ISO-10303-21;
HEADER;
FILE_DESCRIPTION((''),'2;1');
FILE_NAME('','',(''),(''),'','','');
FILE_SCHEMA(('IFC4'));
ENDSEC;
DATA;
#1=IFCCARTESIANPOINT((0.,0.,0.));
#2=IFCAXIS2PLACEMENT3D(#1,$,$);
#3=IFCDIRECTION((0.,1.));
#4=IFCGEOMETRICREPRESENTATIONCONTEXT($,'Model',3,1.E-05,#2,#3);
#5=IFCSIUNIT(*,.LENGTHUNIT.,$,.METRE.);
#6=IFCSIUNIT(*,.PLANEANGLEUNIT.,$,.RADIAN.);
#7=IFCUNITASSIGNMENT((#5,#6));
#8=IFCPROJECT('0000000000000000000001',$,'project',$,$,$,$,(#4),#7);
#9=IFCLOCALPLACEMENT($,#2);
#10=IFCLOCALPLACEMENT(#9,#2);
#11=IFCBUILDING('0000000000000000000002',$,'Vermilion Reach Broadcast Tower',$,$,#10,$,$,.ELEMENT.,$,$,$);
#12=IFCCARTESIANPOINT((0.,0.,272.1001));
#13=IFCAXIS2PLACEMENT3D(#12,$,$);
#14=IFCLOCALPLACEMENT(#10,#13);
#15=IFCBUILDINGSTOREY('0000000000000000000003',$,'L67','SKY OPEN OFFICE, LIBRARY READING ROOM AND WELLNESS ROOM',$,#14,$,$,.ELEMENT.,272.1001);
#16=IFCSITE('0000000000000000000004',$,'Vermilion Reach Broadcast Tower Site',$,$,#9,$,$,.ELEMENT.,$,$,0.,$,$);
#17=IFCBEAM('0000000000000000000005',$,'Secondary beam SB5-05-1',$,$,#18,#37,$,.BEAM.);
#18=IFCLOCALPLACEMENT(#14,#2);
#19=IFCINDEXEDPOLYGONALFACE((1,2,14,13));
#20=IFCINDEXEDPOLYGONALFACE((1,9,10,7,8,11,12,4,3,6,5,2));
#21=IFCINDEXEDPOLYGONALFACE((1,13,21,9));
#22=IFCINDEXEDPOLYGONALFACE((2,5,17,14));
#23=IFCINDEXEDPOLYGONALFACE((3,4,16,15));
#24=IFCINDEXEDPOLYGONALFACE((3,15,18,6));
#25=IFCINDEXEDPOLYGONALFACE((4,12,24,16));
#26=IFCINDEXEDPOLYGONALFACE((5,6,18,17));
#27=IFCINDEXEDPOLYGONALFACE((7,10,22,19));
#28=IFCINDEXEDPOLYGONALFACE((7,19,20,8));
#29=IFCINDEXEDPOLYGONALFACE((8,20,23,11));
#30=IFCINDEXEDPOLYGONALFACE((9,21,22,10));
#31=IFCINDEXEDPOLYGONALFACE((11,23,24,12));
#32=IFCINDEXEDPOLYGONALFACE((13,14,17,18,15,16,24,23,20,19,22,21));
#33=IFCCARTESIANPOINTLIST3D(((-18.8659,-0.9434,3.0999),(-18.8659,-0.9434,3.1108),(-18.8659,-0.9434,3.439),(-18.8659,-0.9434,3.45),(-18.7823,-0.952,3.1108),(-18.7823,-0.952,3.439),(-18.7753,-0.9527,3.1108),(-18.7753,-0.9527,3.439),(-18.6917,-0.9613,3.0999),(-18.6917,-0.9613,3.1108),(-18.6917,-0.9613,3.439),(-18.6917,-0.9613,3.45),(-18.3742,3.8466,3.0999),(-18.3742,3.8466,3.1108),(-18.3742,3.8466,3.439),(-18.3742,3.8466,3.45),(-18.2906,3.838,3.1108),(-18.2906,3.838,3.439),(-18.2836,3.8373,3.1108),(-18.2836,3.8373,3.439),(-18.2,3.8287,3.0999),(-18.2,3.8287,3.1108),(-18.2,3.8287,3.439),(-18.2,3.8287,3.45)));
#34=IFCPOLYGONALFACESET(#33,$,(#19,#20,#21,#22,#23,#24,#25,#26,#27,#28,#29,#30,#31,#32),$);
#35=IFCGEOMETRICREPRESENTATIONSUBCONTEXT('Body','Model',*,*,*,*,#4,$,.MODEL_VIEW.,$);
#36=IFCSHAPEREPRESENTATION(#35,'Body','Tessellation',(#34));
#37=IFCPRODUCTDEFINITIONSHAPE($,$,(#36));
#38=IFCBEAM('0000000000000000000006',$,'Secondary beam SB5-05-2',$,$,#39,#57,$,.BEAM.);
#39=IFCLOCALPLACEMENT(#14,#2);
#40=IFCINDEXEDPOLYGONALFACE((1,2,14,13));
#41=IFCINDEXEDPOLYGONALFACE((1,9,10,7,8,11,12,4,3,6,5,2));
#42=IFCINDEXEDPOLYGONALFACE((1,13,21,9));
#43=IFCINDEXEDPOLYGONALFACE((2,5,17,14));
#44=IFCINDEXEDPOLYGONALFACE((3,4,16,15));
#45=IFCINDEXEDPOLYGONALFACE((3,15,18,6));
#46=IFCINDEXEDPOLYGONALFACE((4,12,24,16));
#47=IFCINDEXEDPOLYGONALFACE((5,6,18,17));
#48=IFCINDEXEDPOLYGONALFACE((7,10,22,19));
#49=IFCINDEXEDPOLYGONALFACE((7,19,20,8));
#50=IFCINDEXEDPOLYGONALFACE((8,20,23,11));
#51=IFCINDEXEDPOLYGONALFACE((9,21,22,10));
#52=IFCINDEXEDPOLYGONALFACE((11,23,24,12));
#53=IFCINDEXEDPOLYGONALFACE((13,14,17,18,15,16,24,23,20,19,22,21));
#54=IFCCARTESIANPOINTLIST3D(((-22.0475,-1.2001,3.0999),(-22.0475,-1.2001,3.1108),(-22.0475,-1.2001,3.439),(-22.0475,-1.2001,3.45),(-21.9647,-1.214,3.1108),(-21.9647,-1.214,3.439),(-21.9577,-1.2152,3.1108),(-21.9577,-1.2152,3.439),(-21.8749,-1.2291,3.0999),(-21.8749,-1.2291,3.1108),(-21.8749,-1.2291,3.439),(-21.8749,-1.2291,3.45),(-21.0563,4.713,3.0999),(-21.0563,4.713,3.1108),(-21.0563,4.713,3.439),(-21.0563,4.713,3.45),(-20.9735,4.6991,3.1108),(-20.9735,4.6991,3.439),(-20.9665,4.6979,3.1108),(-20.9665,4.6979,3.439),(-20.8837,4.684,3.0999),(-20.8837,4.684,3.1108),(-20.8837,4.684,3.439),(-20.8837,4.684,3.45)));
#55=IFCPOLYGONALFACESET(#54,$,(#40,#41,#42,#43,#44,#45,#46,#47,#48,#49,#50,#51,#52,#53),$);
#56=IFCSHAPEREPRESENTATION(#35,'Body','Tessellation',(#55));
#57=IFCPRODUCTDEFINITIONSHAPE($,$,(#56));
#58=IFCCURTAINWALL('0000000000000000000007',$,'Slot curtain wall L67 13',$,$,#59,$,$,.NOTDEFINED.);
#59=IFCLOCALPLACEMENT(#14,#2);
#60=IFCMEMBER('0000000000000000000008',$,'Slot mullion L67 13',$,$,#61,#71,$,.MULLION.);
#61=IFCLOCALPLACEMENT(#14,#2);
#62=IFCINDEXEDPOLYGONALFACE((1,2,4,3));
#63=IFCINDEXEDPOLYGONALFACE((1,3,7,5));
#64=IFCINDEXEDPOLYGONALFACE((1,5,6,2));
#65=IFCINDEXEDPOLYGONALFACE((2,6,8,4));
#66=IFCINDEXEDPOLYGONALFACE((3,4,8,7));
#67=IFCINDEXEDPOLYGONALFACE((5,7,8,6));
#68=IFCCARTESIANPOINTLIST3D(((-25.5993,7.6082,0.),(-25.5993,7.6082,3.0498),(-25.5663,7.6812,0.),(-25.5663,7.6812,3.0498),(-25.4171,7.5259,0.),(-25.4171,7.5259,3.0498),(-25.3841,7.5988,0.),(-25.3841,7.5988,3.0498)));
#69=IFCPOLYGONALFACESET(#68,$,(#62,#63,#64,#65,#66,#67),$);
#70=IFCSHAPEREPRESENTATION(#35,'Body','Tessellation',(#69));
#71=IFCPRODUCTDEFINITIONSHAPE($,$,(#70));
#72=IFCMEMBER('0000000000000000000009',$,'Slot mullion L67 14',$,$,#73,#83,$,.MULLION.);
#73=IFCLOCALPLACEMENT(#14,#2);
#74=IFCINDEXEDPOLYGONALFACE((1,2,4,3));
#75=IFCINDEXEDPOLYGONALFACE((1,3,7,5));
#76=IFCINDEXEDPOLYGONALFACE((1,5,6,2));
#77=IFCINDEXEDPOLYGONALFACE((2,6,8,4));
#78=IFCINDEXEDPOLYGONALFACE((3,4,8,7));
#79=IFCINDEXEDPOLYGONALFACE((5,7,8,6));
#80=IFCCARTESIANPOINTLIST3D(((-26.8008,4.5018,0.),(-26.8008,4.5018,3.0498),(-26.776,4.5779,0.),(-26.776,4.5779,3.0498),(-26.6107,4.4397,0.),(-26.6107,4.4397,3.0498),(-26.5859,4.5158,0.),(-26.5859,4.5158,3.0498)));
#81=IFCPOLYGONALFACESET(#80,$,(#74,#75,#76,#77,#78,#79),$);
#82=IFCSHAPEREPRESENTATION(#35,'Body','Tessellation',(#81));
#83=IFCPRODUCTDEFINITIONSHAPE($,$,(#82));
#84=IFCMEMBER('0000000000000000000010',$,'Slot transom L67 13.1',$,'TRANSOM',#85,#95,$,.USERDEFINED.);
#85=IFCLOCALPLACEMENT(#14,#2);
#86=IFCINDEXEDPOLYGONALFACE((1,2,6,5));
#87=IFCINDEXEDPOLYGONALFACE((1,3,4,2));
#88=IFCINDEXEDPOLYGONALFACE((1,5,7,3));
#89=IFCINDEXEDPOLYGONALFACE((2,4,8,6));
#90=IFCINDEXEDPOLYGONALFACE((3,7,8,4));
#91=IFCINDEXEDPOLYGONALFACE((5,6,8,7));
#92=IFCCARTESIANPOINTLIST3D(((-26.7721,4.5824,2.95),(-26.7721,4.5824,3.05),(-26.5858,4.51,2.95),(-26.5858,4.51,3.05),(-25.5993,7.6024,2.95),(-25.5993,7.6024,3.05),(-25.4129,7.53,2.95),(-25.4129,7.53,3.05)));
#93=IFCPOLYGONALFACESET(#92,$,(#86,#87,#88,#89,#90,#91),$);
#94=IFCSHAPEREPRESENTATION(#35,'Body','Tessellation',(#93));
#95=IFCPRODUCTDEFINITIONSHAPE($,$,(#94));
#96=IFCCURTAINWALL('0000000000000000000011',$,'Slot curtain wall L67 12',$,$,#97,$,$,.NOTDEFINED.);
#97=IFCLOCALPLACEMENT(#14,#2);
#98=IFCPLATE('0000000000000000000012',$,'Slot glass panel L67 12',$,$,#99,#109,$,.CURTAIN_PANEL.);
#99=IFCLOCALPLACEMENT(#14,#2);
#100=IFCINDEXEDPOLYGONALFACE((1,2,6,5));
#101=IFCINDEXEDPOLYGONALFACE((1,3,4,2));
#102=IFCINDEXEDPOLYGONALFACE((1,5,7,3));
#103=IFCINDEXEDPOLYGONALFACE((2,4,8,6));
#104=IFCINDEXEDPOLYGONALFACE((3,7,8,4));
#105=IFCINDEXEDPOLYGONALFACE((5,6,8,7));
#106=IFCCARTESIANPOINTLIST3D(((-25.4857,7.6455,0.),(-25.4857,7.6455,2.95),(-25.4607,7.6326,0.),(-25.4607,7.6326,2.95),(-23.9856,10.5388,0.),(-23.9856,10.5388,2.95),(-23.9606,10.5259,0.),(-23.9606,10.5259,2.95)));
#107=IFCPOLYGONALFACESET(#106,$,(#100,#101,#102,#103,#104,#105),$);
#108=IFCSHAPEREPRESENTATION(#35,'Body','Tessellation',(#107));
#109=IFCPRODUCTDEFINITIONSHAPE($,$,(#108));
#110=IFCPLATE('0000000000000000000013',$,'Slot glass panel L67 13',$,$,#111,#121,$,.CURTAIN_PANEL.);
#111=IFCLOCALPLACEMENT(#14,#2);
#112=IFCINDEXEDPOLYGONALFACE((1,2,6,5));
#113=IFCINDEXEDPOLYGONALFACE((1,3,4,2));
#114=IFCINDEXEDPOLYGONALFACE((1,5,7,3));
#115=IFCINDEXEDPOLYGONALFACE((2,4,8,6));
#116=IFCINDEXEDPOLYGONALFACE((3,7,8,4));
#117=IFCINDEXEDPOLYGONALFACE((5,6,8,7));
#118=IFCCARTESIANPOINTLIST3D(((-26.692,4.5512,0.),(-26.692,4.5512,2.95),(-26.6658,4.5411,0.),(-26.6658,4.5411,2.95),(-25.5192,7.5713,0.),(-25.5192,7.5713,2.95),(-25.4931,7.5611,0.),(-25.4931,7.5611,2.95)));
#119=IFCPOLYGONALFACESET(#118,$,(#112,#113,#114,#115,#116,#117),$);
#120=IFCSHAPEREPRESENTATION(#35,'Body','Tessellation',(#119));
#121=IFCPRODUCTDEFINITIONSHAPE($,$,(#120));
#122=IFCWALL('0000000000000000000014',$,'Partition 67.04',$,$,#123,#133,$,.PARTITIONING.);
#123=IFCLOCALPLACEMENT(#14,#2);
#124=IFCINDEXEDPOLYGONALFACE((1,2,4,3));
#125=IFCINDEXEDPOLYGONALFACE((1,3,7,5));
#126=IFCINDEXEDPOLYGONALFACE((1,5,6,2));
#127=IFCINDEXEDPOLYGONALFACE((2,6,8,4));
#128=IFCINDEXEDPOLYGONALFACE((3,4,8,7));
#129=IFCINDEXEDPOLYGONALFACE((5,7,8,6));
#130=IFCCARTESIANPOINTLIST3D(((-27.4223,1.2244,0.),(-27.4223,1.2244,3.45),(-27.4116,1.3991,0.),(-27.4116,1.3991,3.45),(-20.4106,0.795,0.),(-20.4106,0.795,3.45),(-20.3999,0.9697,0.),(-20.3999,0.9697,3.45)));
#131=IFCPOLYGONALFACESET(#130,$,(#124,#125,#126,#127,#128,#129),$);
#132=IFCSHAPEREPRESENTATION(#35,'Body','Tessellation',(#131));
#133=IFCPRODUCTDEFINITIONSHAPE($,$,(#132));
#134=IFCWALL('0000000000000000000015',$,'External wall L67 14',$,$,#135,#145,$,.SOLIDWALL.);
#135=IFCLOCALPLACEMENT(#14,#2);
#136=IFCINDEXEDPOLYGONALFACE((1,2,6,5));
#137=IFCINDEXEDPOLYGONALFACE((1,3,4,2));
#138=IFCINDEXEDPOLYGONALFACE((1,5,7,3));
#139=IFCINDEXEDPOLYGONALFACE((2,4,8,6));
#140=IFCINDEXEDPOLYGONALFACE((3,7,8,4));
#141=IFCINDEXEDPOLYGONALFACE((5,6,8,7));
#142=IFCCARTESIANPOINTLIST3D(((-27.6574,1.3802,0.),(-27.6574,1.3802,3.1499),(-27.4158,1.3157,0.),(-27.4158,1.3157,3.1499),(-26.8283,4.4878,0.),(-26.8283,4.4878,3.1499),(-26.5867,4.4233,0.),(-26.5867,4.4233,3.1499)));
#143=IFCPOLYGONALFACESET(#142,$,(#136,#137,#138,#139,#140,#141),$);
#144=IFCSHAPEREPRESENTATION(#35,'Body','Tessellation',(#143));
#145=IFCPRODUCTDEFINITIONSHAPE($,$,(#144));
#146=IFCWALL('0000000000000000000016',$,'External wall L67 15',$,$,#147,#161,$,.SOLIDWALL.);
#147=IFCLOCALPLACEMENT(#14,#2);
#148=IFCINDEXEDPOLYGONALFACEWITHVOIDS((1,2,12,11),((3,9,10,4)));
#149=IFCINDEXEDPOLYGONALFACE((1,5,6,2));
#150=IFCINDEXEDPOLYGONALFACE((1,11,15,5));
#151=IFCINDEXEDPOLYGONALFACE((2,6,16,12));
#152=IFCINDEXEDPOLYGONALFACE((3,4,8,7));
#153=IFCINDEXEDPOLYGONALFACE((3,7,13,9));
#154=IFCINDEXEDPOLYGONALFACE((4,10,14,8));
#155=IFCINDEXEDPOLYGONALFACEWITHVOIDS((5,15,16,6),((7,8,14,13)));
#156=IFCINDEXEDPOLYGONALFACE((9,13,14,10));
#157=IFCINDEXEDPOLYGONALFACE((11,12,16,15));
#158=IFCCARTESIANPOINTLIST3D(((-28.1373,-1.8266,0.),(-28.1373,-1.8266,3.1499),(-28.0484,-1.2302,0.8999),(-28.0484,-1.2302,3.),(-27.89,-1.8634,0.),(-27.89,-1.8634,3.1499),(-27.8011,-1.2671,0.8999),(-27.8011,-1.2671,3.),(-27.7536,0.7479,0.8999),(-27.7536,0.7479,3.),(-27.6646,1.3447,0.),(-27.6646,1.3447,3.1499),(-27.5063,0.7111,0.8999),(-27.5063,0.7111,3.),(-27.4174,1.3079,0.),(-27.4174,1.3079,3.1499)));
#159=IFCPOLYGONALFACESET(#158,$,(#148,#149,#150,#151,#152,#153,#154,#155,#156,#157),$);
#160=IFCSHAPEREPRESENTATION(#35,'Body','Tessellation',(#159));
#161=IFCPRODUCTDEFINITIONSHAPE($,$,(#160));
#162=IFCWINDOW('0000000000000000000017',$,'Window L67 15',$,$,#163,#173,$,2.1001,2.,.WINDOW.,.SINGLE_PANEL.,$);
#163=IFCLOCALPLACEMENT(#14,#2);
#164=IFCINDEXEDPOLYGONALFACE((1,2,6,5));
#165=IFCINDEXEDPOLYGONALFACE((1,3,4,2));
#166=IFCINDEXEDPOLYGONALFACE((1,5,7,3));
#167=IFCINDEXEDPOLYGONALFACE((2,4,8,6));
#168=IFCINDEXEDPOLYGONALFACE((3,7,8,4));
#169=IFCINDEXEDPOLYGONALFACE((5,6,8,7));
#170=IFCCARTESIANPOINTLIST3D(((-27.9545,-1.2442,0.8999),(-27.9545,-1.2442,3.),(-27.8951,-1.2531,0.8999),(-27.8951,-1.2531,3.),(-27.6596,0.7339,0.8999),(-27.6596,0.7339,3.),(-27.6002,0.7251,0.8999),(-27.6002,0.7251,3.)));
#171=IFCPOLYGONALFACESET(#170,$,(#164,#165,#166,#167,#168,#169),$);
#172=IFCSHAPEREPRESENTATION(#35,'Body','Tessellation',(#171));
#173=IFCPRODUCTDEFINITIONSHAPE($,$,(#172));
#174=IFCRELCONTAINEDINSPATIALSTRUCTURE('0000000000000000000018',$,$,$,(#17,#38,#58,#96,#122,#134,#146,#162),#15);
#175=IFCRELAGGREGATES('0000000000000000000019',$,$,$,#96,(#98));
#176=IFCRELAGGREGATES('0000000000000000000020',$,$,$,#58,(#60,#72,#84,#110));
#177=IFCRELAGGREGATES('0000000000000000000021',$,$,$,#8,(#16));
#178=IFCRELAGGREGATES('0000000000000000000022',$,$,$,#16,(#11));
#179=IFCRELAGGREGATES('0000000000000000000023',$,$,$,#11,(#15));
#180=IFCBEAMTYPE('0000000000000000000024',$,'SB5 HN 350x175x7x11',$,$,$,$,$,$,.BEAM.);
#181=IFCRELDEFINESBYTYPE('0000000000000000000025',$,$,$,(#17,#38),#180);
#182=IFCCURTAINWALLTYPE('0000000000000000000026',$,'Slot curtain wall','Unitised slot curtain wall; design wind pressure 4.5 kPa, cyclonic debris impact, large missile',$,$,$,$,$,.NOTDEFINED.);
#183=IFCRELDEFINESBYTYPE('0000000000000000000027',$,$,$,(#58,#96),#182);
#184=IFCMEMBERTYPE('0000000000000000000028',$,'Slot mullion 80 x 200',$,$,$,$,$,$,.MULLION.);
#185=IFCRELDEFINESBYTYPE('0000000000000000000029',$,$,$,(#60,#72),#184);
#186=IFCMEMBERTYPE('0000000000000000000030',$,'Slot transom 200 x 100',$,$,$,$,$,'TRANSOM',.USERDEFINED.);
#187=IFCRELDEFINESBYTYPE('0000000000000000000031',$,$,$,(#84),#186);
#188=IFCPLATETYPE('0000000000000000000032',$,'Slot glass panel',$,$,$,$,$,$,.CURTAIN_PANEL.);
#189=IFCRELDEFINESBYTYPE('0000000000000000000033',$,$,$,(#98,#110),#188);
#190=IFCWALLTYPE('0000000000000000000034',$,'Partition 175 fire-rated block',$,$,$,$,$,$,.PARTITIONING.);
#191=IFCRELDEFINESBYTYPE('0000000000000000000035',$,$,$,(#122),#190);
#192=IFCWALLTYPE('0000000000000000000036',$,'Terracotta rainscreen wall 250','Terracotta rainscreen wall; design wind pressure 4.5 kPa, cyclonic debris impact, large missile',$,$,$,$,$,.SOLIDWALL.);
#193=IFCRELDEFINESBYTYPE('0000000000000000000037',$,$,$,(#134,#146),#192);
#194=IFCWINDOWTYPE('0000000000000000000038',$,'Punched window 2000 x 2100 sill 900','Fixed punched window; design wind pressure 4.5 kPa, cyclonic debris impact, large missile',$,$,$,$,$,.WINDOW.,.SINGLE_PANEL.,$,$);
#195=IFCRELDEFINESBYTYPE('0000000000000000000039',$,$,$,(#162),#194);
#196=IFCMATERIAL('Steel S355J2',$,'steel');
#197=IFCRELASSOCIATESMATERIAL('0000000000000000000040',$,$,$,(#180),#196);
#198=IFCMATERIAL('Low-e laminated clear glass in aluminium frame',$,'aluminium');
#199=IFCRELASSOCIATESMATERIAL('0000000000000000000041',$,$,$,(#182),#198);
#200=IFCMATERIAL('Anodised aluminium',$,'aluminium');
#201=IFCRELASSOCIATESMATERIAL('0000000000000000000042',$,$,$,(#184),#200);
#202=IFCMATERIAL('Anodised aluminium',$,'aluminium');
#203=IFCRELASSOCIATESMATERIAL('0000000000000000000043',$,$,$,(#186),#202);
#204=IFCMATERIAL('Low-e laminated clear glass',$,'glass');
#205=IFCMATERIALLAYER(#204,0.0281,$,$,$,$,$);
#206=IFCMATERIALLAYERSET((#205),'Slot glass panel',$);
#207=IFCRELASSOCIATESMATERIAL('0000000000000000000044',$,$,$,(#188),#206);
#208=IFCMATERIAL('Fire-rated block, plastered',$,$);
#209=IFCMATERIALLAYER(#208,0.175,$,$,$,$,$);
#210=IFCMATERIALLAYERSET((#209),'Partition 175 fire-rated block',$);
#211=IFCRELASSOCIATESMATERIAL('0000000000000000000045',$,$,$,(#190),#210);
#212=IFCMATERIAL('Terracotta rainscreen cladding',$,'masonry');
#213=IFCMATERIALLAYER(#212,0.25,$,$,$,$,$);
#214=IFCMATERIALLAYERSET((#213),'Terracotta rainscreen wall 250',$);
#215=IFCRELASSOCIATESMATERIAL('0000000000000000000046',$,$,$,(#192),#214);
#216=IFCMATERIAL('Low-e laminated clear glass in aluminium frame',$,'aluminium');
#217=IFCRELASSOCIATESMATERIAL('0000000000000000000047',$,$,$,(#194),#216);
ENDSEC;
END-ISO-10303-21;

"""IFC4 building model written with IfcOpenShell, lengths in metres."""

from ifc_helpers import new_model, si_unit, direction, frame, frame_2d, origin, origin_2d, place, context, subcontext, project, spatial, rectangle, i_section, extrude, material, layer, layer_set, material_profile, profile_set, type_object, element, fill, aggregate, save


model = new_model("IFC4")

# Units and contexts
model_context = context("Model", 3, precision=1e-05, world=origin(), true_north=direction((0.0, 1.0)))
body_context = subcontext(model_context, "Body", "Model", "MODEL_VIEW")
ifc_project = project(units=[si_unit("LENGTHUNIT", "METRE"), si_unit("PLANEANGLEUNIT", "RADIAN")], contexts=[model_context])

# Site, building, storey
site_placement = place(None, origin())
site = spatial("IfcSite", under=ifc_project, at=site_placement, Name="Vermilion Reach Broadcast Tower Site", CompositionType="ELEMENT", RefElevation=0.0)
building_placement = place(site_placement, origin())
building = spatial("IfcBuilding", under=site, at=building_placement, Name="Vermilion Reach Broadcast Tower", CompositionType="ELEMENT")
storey_placement = place(building_placement, frame((0.0, 0.0, 272.1001)))
storey = spatial("IfcBuildingStorey", under=building, at=storey_placement, Name="L67", Description="SKY OPEN OFFICE, LIBRARY READING ROOM AND WELLNESS ROOM", CompositionType="ELEMENT", Elevation=272.1001)

# Beams
ifc_material_1 = material(Name="Steel S355J2", Category="steel")
ifc_material_profile_1 = material_profile(ifc_material_1, i_section(OverallWidth=0.175, OverallDepth=0.3501, WebThickness=0.0071, FlangeThickness=0.011, at=origin_2d()), Name="S355J2 HN 350x175x7x11")
ifc_profile_set_1 = profile_set([ifc_material_profile_1], Name="Steel S355J2")
beam_type_1 = type_object("IfcBeamType", Name="SB5 HN 350x175x7x11", PredefinedType="BEAM", material=ifc_profile_set_1)
beam_1_placement = place(storey_placement, frame((-18.2871, 3.8376, 3.2749), z_axis=(-0.102114, -0.994773, 0.0), x_axis=(0.994773, -0.102114, 0.0)))
element("IfcBeam", 1, at=beam_1_placement, inside=storey, type_object=beam_type_1, Name="Secondary beam SB5-05-1", PredefinedType="BEAM", context=body_context, shape_type="SweptSolid", body=[
    extrude(i_section(OverallWidth=0.175, OverallDepth=0.3501, WebThickness=0.0071, FlangeThickness=0.011, at=origin_2d()), origin(), (0.0, 0.0, 1.0), 4.8152),
])
beam_2_placement = place(storey_placement, frame((-20.97, 4.6985, 3.2749), z_axis=(-0.165323, -0.986239, 0.0), x_axis=(0.986239, -0.165323, 0.0)))
element("IfcBeam", 2, at=beam_2_placement, inside=storey, type_object=beam_type_1, Name="Secondary beam SB5-05-2", PredefinedType="BEAM", context=body_context, shape_type="SweptSolid", body=[
    extrude(i_section(OverallWidth=0.175, OverallDepth=0.3501, WebThickness=0.0071, FlangeThickness=0.011, at=origin_2d()), origin(), (0.0, 0.0, 1.0), 5.9956),
])

# Curtain wall, members
ifc_material_2 = material(Name="Low-e laminated clear glass in aluminium frame", Category="aluminium")
curtain_wall_type = type_object("IfcCurtainWallType", Name="Slot curtain wall", Description="Unitised slot curtain wall; design wind pressure 4.5 kPa, cyclonic debris impact, large missile", PredefinedType="NOTDEFINED", material=ifc_material_2)
placement = place(storey_placement, origin())
curtain_wall_1 = element("IfcCurtainWall", 3, at=placement, inside=storey, type_object=curtain_wall_type, Name="Slot curtain wall L67 13", PredefinedType="NOTDEFINED")
ifc_material_3 = material(Name="Anodised aluminium", Category="aluminium")
ifc_material_profile_2 = material_profile(ifc_material_3, rectangle(XDim=0.2, YDim=0.0801, at=origin_2d()), Name="Slot mullion 80 x 200")
ifc_profile_set_2 = profile_set([ifc_material_profile_2], Name="Anodised aluminium")
member_type_1 = type_object("IfcMemberType", Name="Slot mullion 80 x 200", PredefinedType="MULLION", material=ifc_profile_set_2)
member_1_placement = place(storey_placement, frame((-25.4917, 7.6035, 0.0), z_axis=(0.0, 0.0, 1.0), x_axis=(0.911302, -0.411738, 0.0)))
member_1 = element("IfcMember", 4, at=member_1_placement, type_object=member_type_1, Name="Slot mullion L67 13", PredefinedType="MULLION", context=body_context, shape_type="SweptSolid", body=[
    extrude(rectangle(XDim=0.2, YDim=0.0801, at=origin_2d()), origin(), (0.0, 0.0, 1.0), 3.0498),
])
member_2_placement = place(storey_placement, frame((-26.6934, 4.5088, 0.0), z_axis=(0.0, 0.0, 1.0), x_axis=(0.950629, -0.310328, 0.0)))
member_2 = element("IfcMember", 5, at=member_2_placement, type_object=member_type_1, Name="Slot mullion L67 14", PredefinedType="MULLION", context=body_context, shape_type="SweptSolid", body=[
    extrude(rectangle(XDim=0.2, YDim=0.0801, at=origin_2d()), origin(), (0.0, 0.0, 1.0), 3.0498),
])
ifc_material_4 = material(Name="Anodised aluminium", Category="aluminium")
ifc_material_profile_3 = material_profile(ifc_material_4, rectangle(XDim=0.2, YDim=0.1001, at=origin_2d()), Name="Slot transom 200 x 100")
ifc_profile_set_3 = profile_set([ifc_material_profile_3], Name="Anodised aluminium")
member_type_2 = type_object("IfcMemberType", Name="Slot transom 200 x 100", ElementType="TRANSOM", PredefinedType="USERDEFINED", material=ifc_profile_set_3)
member_3_placement = place(storey_placement, frame((-25.5061, 7.5662, 3.0), z_axis=(-0.362017, -0.932171, 0.0), x_axis=(0.932171, -0.362017, 0.0)))
member_3 = element("IfcMember", 6, at=member_3_placement, type_object=member_type_2, Name="Slot transom L67 13.1", ObjectType="TRANSOM", PredefinedType="USERDEFINED", context=body_context, shape_type="SweptSolid", body=[
    extrude(rectangle(XDim=0.2, YDim=0.1001, at=origin_2d()), origin(), (0.0, 0.0, 1.0), 3.2397),
])

# Curtain wall, plate
curtain_wall_2 = element("IfcCurtainWall", 7, at=placement, inside=storey, type_object=curtain_wall_type, Name="Slot curtain wall L67 12", PredefinedType="NOTDEFINED")
ifc_material_5 = material(Name="Low-e laminated clear glass", Category="glass")
ifc_layer_1 = layer(ifc_material_5, 0.0281)
ifc_layer_set_1 = layer_set([ifc_layer_1], Name="Slot glass panel")
plate_type = type_object("IfcPlateType", Name="Slot glass panel", PredefinedType="CURTAIN_PANEL", material=ifc_layer_set_1)
plate_1_placement = place(storey_placement, frame((-24.7231, 9.0857, 0.0), z_axis=(0.0, 0.0, 1.0), x_axis=(-0.460288, -0.88777, 0.0)))
plate_1 = element("IfcPlate", 8, at=plate_1_placement, type_object=plate_type, Name="Slot glass panel L67 12", PredefinedType="CURTAIN_PANEL", context=body_context, shape_type="SweptSolid", body=[
    extrude(rectangle(XDim=3.259, YDim=0.0281, at=origin_2d()), origin(), (0.0, 0.0, 1.0), 2.95),
])
aggregate(curtain_wall_2, [plate_1])

# Plate
plate_2_placement = place(storey_placement, frame((-26.0925, 6.0562, 0.0), z_axis=(0.0, 0.0, 1.0), x_axis=(-0.36199, -0.932182, 0.0)))
plate_2 = element("IfcPlate", 9, at=plate_2_placement, type_object=plate_type, Name="Slot glass panel L67 13", PredefinedType="CURTAIN_PANEL", context=body_context, shape_type="SweptSolid", body=[
    extrude(rectangle(XDim=3.2397, YDim=0.0281, at=origin_2d()), origin(), (0.0, 0.0, 1.0), 2.95),
])
aggregate(curtain_wall_1, [member_1, member_2, member_3, plate_2])

# Walls
ifc_material_6 = material(Name="Fire-rated block, plastered")
ifc_layer_2 = layer(ifc_material_6, 0.175)
ifc_layer_set_2 = layer_set([ifc_layer_2], Name="Partition 175 fire-rated block")
wall_type_1 = type_object("IfcWallType", Name="Partition 175 fire-rated block", PredefinedType="PARTITIONING", material=ifc_layer_set_2)
wall_1_placement = place(storey_placement, frame((-27.417, 1.3118, 0.0), z_axis=(0.0, 0.0, 1.0), x_axis=(0.99813, -0.061132, 0.0)))
element("IfcWall", 10, at=wall_1_placement, inside=storey, type_object=wall_type_1, Name="Partition 67.04", PredefinedType="PARTITIONING", context=body_context, shape_type="SweptSolid", body=[
    extrude(rectangle(XDim=7.0249, YDim=0.175, at=frame_2d((3.5125, 0.0))), origin(), (0.0, 0.0, 1.0), 3.45),
])
ifc_material_7 = material(Name="Terracotta rainscreen cladding", Category="masonry")
ifc_layer_3 = layer(ifc_material_7, 0.25)
ifc_layer_set_3 = layer_set([ifc_layer_3], Name="Terracotta rainscreen wall 250")
wall_type_2 = type_object("IfcWallType", Name="Terracotta rainscreen wall 250", Description="Terracotta rainscreen wall; design wind pressure 4.5 kPa, cyclonic debris impact, large missile", PredefinedType="SOLIDWALL", material=ifc_layer_set_3)
wall_2_placement = place(storey_placement, frame((-26.7075, 4.4556, 0.0), z_axis=(0.0, 0.0, 1.0), x_axis=(-0.257776, -0.966205, 0.0)))
element("IfcWall", 11, at=wall_2_placement, inside=storey, type_object=wall_type_2, Name="External wall L67 14", PredefinedType="SOLIDWALL", context=body_context, shape_type="SweptSolid", body=[
    extrude(rectangle(XDim=3.2163, YDim=0.25, at=frame_2d((1.6082, 0.0))), origin(), (0.0, 0.0, 1.0), 3.1499),
])

# Wall, opening, window
wall_3_placement = place(storey_placement, frame((-27.541, 1.3262, 0.0), z_axis=(0.0, 0.0, 1.0), x_axis=(-0.14741, -0.989076, 0.0)))
wall_3 = element("IfcWall", 12, at=wall_3_placement, inside=storey, type_object=wall_type_2, Name="External wall L67 15", PredefinedType="SOLIDWALL", context=body_context, shape_type="SweptSolid", body=[
    extrude(rectangle(XDim=3.2063, YDim=0.25, at=frame_2d((1.603, 0.0))), origin(), (0.0, 0.0, 1.0), 3.1499),
])
opening_1_placement = place(wall_3_placement, frame((0.6033, 0.0, 0.8999)))
opening_1 = element("IfcOpeningElement", 13, at=opening_1_placement, cuts=wall_3, PredefinedType="OPENING", context=body_context, shape_type="SweptSolid", body=[
    extrude(rectangle(XDim=2.0, YDim=2.1001, at=frame_2d((1.0, 1.05))), frame((0.0, 0.135, 0.0), z_axis=(0.0, -1.0, 0.0), x_axis=(1.0, 0.0, 0.0)), (0.0, 0.0, 1.0), 0.27),
])
ifc_material_8 = material(Name="Low-e laminated clear glass in aluminium frame", Category="aluminium")
window_type = type_object("IfcWindowType", Name="Punched window 2000 x 2100 sill 900", Description="Fixed punched window; design wind pressure 4.5 kPa, cyclonic debris impact, large missile", PartitioningType="SINGLE_PANEL", PredefinedType="WINDOW", material=ifc_material_8)
window_placement = place(opening_1_placement, origin())
window = element("IfcWindow", 14, at=window_placement, inside=storey, type_object=window_type, Name="Window L67 15", OverallHeight=2.1001, OverallWidth=2.0, PartitioningType="SINGLE_PANEL", PredefinedType="WINDOW", context=body_context, shape_type="SweptSolid", body=[
    extrude(rectangle(XDim=2.0, YDim=2.1001, at=frame_2d((1.0, 1.05))), frame((0.0, 0.03, 0.0), z_axis=(0.0, -1.0, 0.0), x_axis=(1.0, 0.0, 0.0)), (0.0, 0.0, 1.0), 0.0601),
])
fill(opening_1, window)

save(model, "model.ifc")
